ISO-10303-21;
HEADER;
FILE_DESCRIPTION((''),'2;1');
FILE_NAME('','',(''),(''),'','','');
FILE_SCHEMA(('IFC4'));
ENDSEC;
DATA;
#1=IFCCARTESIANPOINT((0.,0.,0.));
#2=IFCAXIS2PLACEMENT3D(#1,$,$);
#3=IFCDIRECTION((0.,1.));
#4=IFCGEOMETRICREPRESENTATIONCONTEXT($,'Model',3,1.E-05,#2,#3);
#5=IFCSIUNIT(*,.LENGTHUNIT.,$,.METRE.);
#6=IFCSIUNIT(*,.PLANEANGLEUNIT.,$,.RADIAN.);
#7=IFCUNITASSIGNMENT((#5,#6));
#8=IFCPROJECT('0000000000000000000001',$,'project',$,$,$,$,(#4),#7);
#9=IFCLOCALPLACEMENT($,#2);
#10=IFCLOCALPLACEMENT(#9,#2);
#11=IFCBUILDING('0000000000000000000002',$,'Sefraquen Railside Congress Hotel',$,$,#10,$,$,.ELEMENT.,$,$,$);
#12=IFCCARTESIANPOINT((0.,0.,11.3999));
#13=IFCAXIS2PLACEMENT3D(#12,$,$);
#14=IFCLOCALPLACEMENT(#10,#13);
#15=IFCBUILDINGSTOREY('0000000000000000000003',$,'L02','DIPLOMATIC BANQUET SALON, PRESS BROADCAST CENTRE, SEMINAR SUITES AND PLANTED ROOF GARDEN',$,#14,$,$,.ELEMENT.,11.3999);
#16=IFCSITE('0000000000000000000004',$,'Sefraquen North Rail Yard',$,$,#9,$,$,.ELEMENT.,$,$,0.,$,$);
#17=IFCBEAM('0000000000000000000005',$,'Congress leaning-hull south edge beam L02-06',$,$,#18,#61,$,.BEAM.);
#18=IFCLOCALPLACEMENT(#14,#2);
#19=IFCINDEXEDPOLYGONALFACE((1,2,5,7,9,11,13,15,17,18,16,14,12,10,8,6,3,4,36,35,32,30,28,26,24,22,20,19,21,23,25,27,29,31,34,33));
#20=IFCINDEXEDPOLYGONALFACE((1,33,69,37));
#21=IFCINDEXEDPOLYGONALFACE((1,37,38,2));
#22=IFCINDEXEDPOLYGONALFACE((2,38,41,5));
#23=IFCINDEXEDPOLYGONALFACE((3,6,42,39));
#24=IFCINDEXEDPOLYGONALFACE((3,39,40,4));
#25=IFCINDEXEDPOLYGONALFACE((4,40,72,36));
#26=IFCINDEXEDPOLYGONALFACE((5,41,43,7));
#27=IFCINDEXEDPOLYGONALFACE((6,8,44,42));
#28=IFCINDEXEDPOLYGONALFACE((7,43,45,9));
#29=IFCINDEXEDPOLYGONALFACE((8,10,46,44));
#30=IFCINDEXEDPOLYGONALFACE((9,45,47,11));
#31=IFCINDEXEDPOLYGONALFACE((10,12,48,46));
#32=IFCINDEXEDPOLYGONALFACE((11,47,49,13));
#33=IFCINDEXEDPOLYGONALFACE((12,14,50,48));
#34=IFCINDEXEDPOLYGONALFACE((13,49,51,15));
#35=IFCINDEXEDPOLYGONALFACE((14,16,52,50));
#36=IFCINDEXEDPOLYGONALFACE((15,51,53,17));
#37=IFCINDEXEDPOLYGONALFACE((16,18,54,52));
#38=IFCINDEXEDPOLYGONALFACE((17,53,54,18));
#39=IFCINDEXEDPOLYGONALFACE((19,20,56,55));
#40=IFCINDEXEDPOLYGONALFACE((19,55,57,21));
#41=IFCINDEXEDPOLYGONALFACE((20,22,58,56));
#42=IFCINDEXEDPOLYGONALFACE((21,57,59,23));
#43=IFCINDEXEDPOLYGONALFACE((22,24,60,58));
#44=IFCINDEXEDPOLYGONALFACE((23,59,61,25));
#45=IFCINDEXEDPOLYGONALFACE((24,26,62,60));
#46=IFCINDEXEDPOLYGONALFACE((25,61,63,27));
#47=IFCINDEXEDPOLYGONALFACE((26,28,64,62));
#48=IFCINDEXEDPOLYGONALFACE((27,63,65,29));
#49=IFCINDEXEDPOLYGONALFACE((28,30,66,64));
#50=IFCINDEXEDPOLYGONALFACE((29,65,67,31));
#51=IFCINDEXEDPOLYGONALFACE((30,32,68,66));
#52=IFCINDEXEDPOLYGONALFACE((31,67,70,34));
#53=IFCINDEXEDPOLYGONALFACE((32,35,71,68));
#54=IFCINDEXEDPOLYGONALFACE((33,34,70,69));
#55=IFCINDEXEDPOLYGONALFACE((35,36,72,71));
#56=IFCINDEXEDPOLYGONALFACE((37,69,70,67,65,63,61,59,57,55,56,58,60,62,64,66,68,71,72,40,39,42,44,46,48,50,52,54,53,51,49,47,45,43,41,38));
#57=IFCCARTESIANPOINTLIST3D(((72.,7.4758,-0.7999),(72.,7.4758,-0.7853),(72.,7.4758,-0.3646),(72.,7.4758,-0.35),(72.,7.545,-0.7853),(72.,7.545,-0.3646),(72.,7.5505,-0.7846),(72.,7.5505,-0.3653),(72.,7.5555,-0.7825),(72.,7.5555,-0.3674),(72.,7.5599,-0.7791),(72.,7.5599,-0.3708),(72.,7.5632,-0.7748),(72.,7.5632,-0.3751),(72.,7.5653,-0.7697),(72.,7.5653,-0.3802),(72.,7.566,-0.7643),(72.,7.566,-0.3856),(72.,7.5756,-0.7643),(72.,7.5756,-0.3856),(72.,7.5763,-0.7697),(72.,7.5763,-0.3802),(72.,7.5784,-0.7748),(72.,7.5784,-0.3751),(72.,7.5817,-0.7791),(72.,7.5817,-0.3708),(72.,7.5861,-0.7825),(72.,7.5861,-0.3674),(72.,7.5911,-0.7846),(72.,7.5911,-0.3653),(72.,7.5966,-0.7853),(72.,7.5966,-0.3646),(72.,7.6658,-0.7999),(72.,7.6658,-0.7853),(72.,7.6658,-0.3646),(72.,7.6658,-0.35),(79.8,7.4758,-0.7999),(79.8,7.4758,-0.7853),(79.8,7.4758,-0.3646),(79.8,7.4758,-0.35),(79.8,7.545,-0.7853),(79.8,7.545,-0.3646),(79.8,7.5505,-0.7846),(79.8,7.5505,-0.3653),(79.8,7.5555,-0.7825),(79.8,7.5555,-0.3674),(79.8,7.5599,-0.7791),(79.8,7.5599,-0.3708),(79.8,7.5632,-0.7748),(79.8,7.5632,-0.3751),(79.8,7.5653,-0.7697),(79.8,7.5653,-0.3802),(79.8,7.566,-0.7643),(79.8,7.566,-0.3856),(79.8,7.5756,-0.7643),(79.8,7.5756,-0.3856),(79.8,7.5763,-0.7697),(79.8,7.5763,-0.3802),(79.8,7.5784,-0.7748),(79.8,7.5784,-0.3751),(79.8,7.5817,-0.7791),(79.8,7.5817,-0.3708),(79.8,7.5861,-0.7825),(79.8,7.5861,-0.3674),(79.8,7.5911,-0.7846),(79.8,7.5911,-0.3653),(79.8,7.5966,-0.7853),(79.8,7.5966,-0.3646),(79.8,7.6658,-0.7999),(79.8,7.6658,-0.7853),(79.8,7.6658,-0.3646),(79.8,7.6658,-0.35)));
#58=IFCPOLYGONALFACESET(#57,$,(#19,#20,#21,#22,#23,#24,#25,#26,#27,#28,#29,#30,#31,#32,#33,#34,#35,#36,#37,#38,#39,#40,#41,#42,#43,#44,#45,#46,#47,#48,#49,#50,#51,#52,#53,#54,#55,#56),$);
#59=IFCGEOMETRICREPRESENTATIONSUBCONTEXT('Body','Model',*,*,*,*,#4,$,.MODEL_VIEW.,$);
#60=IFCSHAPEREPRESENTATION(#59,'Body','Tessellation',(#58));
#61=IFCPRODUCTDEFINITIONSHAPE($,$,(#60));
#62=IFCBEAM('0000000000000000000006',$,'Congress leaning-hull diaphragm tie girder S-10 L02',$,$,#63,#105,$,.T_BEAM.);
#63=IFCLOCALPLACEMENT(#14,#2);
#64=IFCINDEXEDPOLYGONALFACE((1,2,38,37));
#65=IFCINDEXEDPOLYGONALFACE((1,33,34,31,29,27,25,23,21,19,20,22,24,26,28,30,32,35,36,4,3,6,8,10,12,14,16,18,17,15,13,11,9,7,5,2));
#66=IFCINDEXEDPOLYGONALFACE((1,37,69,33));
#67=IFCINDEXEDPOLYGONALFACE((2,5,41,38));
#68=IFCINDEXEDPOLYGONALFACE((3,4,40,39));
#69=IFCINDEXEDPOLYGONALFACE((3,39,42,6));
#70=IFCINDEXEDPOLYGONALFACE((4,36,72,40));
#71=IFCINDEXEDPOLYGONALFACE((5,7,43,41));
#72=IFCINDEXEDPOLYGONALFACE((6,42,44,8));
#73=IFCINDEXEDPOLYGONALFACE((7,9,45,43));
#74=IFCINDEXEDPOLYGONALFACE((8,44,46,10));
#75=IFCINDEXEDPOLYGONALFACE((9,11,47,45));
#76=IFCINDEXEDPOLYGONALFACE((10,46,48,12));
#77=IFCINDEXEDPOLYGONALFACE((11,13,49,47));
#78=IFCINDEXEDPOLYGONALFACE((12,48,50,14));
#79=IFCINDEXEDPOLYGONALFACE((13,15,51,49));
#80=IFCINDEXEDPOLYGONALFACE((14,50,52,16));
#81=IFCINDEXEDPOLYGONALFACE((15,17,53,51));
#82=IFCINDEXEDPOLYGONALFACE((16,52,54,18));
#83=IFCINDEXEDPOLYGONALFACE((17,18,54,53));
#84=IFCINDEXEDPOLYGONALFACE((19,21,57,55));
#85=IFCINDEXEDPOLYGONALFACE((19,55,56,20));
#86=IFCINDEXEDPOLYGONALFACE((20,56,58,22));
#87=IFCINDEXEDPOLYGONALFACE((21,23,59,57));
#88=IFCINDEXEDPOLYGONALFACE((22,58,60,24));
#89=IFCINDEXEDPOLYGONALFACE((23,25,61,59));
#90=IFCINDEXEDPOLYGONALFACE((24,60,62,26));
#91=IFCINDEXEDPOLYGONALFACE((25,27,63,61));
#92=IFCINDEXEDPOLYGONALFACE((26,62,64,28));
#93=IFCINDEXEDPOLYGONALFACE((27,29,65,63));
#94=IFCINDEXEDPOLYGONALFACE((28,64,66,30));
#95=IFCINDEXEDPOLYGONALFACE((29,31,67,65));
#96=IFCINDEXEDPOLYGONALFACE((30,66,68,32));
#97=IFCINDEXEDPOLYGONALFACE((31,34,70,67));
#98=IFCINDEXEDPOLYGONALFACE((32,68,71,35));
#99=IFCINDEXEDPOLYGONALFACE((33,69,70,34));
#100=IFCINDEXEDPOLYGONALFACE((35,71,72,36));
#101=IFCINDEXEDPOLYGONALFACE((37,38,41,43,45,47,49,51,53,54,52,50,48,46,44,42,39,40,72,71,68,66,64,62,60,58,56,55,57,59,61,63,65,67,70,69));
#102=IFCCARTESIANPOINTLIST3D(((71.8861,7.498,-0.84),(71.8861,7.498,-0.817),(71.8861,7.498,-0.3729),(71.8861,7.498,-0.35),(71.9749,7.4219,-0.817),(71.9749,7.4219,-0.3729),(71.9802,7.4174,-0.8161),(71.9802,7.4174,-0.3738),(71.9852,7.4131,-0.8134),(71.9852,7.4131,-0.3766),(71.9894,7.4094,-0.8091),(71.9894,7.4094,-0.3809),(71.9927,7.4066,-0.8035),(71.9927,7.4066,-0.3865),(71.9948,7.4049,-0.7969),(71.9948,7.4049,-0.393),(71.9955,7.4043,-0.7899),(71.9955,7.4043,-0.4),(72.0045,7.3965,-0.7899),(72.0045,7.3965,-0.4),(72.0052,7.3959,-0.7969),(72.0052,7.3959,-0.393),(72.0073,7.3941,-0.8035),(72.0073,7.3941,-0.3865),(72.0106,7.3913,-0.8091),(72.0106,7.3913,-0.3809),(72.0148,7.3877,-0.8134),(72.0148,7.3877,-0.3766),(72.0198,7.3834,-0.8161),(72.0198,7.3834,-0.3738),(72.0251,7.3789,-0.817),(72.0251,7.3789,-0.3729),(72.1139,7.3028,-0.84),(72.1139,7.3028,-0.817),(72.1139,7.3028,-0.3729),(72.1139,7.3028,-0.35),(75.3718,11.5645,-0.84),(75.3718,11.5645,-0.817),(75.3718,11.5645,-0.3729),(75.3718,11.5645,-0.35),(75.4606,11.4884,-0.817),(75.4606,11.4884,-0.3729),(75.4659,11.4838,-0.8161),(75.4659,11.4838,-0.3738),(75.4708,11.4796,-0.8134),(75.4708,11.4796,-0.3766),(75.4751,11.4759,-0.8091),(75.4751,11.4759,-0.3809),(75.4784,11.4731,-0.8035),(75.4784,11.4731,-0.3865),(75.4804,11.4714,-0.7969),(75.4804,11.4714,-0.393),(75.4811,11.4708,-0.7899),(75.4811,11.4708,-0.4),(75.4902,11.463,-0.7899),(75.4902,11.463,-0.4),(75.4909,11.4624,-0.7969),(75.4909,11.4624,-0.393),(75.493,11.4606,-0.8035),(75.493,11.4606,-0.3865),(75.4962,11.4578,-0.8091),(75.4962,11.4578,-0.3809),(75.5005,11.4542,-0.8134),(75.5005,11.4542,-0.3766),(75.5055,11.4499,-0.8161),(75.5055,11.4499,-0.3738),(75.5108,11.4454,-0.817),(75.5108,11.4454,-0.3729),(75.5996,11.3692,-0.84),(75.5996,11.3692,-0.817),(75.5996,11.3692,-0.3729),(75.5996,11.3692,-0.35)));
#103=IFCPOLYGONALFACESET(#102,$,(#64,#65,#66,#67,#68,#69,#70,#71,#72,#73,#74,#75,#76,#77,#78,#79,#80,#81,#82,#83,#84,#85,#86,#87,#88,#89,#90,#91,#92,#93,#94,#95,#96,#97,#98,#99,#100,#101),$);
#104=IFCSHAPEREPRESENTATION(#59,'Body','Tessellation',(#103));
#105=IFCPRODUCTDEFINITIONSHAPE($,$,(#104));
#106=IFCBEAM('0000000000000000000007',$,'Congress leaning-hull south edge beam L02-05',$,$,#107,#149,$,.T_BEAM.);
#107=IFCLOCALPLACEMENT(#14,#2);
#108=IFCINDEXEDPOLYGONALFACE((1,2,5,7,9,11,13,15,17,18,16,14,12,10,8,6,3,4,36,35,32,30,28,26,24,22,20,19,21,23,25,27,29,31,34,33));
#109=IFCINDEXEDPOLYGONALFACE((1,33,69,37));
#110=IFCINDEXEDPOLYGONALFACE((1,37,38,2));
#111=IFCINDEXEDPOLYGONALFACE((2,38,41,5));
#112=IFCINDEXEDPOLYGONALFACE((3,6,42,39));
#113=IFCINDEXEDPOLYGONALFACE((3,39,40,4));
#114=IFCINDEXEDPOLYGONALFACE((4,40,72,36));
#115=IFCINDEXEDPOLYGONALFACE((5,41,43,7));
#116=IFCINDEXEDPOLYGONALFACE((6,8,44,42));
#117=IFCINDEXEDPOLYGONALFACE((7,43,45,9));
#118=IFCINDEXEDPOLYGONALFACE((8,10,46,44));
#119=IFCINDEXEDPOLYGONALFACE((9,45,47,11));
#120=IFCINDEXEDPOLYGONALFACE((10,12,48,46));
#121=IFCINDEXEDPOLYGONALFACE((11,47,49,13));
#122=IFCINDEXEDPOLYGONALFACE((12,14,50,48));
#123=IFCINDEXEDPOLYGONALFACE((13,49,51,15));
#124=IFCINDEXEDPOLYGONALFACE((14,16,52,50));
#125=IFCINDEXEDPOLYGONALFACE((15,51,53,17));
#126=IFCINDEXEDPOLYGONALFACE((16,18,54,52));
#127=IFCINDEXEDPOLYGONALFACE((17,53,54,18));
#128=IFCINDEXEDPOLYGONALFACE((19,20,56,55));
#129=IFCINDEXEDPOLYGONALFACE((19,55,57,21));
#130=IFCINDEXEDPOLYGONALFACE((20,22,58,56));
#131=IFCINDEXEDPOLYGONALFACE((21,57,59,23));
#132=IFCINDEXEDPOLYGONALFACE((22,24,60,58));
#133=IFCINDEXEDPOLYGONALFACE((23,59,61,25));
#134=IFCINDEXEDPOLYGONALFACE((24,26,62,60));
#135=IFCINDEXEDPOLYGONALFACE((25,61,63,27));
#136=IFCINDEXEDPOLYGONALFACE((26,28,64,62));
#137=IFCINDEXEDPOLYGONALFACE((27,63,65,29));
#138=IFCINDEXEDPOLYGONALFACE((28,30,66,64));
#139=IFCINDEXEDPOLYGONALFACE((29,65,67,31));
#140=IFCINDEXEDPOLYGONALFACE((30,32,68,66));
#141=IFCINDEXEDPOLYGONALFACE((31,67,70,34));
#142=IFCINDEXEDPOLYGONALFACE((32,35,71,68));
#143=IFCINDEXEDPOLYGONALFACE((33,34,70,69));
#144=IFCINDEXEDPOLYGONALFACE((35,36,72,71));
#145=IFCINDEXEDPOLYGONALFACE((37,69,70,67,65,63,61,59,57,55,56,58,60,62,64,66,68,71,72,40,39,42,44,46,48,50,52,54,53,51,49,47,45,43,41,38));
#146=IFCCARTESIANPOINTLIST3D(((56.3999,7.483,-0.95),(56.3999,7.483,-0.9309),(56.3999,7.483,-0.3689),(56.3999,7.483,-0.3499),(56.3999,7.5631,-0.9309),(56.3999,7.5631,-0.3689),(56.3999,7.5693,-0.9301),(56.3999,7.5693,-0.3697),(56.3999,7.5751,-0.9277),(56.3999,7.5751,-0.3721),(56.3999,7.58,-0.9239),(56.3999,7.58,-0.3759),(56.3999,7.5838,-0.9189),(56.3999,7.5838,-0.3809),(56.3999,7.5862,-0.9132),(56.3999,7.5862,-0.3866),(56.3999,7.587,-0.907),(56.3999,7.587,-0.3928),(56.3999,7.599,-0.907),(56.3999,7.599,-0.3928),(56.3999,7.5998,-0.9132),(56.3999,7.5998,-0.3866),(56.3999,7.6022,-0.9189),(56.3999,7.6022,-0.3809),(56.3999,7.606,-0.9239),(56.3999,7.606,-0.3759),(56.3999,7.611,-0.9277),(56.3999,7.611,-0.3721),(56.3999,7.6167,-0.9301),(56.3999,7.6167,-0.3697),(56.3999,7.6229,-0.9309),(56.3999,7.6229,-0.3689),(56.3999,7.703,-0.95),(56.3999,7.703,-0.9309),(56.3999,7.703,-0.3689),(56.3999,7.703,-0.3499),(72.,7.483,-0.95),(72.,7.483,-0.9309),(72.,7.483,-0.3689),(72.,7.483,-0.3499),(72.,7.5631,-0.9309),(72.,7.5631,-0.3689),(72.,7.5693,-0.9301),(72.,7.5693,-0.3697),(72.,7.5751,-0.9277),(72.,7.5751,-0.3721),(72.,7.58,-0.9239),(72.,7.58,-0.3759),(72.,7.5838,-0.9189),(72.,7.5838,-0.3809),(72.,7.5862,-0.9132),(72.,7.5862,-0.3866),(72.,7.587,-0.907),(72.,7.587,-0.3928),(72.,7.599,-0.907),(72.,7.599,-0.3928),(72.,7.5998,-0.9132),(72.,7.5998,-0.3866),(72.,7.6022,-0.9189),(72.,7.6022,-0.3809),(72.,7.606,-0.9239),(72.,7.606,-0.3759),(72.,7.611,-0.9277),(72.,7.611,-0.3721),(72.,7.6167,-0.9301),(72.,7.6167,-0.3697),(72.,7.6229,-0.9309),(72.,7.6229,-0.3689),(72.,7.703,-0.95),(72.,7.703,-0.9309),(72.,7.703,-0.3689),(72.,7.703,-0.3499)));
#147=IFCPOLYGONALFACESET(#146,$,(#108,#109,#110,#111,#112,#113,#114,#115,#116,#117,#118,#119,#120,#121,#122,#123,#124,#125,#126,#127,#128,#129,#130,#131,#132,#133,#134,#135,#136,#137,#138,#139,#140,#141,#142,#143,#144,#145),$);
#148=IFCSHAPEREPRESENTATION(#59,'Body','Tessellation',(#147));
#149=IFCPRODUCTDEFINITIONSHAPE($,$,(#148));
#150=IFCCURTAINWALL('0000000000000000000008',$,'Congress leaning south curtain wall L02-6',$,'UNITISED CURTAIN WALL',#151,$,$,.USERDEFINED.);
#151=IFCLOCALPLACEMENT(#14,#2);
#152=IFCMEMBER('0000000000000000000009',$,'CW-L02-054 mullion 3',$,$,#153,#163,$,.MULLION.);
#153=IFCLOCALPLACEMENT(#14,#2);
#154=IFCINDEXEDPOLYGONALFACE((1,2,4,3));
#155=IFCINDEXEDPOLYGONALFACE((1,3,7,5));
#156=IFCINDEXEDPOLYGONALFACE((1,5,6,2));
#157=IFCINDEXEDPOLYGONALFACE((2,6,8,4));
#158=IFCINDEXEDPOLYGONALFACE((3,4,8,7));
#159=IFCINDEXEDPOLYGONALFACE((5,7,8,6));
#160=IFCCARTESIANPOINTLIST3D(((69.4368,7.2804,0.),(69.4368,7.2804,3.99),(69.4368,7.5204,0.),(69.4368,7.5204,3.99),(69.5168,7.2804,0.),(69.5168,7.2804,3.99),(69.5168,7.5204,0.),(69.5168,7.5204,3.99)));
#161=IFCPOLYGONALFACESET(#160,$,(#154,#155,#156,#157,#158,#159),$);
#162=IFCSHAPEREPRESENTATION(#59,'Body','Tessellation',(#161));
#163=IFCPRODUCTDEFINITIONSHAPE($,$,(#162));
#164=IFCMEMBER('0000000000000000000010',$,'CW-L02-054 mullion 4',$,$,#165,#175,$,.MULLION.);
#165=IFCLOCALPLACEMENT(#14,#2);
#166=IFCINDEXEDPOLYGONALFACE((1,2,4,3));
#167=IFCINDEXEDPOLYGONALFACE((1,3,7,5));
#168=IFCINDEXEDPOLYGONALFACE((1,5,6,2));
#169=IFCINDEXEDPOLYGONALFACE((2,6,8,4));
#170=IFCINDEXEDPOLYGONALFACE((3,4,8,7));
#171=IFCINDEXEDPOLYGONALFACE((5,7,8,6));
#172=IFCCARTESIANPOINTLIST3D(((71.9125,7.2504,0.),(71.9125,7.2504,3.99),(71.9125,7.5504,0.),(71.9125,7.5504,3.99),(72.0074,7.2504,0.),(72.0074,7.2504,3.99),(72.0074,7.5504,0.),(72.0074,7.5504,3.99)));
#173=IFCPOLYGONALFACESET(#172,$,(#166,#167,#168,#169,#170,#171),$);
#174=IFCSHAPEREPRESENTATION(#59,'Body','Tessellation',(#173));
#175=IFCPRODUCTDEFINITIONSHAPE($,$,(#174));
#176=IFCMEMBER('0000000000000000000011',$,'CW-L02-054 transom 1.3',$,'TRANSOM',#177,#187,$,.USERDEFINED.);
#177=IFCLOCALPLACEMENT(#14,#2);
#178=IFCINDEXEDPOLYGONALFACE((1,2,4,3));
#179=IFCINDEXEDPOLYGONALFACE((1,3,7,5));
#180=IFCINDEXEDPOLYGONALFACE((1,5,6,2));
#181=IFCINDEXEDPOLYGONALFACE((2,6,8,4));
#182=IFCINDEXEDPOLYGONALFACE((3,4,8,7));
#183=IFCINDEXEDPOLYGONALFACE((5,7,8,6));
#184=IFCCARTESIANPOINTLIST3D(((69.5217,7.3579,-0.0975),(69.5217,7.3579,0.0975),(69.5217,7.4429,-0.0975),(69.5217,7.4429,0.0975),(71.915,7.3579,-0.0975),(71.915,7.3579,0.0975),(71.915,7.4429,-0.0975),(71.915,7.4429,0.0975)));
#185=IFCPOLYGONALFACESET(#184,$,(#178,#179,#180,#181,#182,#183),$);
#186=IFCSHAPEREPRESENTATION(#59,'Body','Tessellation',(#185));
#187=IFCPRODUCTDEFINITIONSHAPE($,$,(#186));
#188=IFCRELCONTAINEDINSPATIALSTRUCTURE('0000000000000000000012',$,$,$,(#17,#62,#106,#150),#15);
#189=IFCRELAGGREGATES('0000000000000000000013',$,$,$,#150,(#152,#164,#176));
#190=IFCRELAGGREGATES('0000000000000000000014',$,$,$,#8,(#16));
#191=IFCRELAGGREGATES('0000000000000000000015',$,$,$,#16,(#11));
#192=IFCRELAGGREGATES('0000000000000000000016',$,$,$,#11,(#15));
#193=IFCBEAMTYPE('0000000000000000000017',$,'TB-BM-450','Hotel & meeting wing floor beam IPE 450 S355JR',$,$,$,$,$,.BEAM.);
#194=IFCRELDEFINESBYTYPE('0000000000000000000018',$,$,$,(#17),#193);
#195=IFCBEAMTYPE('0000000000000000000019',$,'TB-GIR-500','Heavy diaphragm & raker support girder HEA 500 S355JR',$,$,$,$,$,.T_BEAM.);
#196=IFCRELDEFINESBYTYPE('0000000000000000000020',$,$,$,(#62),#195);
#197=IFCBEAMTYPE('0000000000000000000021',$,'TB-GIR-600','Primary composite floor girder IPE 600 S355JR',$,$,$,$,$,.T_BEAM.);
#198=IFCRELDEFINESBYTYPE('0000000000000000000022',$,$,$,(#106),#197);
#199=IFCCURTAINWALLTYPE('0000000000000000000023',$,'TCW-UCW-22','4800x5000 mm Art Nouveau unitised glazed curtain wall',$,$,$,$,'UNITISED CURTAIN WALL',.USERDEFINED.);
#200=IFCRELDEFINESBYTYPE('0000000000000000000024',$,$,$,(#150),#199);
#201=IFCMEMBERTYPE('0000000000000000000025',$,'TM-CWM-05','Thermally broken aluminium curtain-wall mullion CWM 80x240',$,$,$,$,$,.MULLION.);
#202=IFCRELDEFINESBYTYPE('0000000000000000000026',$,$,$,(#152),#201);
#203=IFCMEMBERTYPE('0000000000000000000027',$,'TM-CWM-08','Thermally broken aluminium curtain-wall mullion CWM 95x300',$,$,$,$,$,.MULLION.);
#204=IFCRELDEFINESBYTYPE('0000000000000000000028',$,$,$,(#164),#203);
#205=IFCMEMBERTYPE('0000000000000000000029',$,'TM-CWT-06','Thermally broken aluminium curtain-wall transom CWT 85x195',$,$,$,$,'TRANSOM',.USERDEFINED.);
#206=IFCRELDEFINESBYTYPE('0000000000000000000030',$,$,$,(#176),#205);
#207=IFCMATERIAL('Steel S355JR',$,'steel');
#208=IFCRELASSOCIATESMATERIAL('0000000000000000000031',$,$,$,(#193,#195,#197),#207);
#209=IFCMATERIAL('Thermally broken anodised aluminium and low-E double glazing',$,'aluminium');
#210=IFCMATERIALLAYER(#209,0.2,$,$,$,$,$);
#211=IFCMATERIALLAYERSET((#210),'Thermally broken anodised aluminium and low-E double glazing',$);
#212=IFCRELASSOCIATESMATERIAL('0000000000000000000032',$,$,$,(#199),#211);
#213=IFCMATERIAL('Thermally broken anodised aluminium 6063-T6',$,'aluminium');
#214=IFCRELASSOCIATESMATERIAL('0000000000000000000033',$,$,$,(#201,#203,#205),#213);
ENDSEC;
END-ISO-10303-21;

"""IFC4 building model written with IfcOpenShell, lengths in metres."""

from ifc_helpers import new_model, si_unit, direction, frame, origin, origin_2d, place, context, subcontext, project, spatial, rectangle, i_section, extrude, material, layer, layer_set, material_profile, profile_set, type_object, element, aggregate, save


model = new_model("IFC4")

# Units and contexts
model_context = context("Model", 3, precision=1e-05, world=origin(), true_north=direction((0.0, 1.0)))
body_context = subcontext(model_context, "Body", "Model", "MODEL_VIEW")
ifc_project = project(units=[si_unit("LENGTHUNIT", "METRE"), si_unit("PLANEANGLEUNIT", "RADIAN")], contexts=[model_context])

# Site, building, storey
site_placement = place(None, origin())
site = spatial("IfcSite", under=ifc_project, at=site_placement, Name="Sefraquen North Rail Yard", CompositionType="ELEMENT", RefElevation=0.0)
building_placement = place(site_placement, origin())
building = spatial("IfcBuilding", under=site, at=building_placement, Name="Sefraquen Railside Congress Hotel", CompositionType="ELEMENT")
storey_placement = place(building_placement, frame((0.0, 0.0, 11.3999)))
storey = spatial("IfcBuildingStorey", under=building, at=storey_placement, Name="L02", Description="DIPLOMATIC BANQUET SALON, PRESS BROADCAST CENTRE, SEMINAR SUITES AND PLANTED ROOF GARDEN", CompositionType="ELEMENT", Elevation=11.3999)

# Shared definitions
ifc_material_1 = material(Name="Steel S355JR", Category="steel")

# Beams
ifc_material_profile_1 = material_profile(ifc_material_1, i_section(OverallWidth=0.1899, OverallDepth=0.45, WebThickness=0.0095, FlangeThickness=0.0146, FilletRadius=0.021, at=origin_2d()), Name="IPE 450")
ifc_profile_set_1 = profile_set([ifc_material_profile_1], Name="Steel S355JR")
beam_type_1 = type_object("IfcBeamType", Name="TB-BM-450", Description="Hotel & meeting wing floor beam IPE 450 S355JR", PredefinedType="BEAM", material=ifc_profile_set_1)
beam_1_placement = place(storey_placement, frame((72.0, 7.5708, -0.575), z_axis=(1.0, 0.0, 0.0), x_axis=(0.0, 1.0, 0.0)))
element("IfcBeam", 1, at=beam_1_placement, inside=storey, type_object=beam_type_1, Name="Congress leaning-hull south edge beam L02-06", PredefinedType="BEAM", context=body_context, shape_type="SweptSolid", body=[
    extrude(i_section(OverallWidth=0.1899, OverallDepth=0.45, WebThickness=0.0095, FlangeThickness=0.0146, FilletRadius=0.021, at=origin_2d()), origin(), (0.0, 0.0, 1.0), 7.8),
])
ifc_material_profile_2 = material_profile(ifc_material_1, i_section(OverallWidth=0.3, OverallDepth=0.49, WebThickness=0.012, FlangeThickness=0.0229, FilletRadius=0.0271, at=origin_2d()), Name="HEA 500")
ifc_profile_set_2 = profile_set([ifc_material_profile_2], Name="Steel S355JR")
beam_type_2 = type_object("IfcBeamType", Name="TB-GIR-500", Description="Heavy diaphragm & raker support girder HEA 500 S355JR", PredefinedType="T_BEAM", material=ifc_profile_set_2)
beam_2_placement = place(storey_placement, frame((72.0, 7.4004, -0.595), z_axis=(0.650803, 0.759247, 0.0), x_axis=(-0.759247, 0.650803, 0.0)))
element("IfcBeam", 2, at=beam_2_placement, inside=storey, type_object=beam_type_2, Name="Congress leaning-hull diaphragm tie girder S-10 L02", PredefinedType="T_BEAM", context=body_context, shape_type="SweptSolid", body=[
    extrude(i_section(OverallWidth=0.3, OverallDepth=0.49, WebThickness=0.012, FlangeThickness=0.0229, FilletRadius=0.0271, at=origin_2d()), origin(), (0.0, 0.0, 1.0), 5.356),
])
ifc_material_profile_3 = material_profile(ifc_material_1, i_section(OverallWidth=0.22, OverallDepth=0.6001, WebThickness=0.012, FlangeThickness=0.019, FilletRadius=0.0239, at=origin_2d()), Name="IPE 600")
ifc_profile_set_3 = profile_set([ifc_material_profile_3], Name="Steel S355JR")
beam_type_3 = type_object("IfcBeamType", Name="TB-GIR-600", Description="Primary composite floor girder IPE 600 S355JR", PredefinedType="T_BEAM", material=ifc_profile_set_3)
beam_3_placement = place(storey_placement, frame((56.3999, 7.593, -0.6499), z_axis=(1.0, 0.0, 0.0), x_axis=(0.0, 1.0, 0.0)))
element("IfcBeam", 3, at=beam_3_placement, inside=storey, type_object=beam_type_3, Name="Congress leaning-hull south edge beam L02-05", PredefinedType="T_BEAM", context=body_context, shape_type="SweptSolid", body=[
    extrude(i_section(OverallWidth=0.22, OverallDepth=0.6001, WebThickness=0.012, FlangeThickness=0.019, FilletRadius=0.0239, at=origin_2d()), origin(), (0.0, 0.0, 1.0), 15.6001),
])

# Curtain wall, members
ifc_material_2 = material(Name="Thermally broken anodised aluminium and low-E double glazing", Category="aluminium")
ifc_layer_1 = layer(ifc_material_2, 0.2)
ifc_layer_set_1 = layer_set([ifc_layer_1], Name="Thermally broken anodised aluminium and low-E double glazing")
curtain_wall_type = type_object("IfcCurtainWallType", Name="TCW-UCW-22", Description="4800x5000 mm Art Nouveau unitised glazed curtain wall", ElementType="UNITISED CURTAIN WALL", PredefinedType="USERDEFINED", material=ifc_layer_set_1)
curtain_wall_placement = place(storey_placement, origin())
curtain_wall = element("IfcCurtainWall", 4, at=curtain_wall_placement, inside=storey, type_object=curtain_wall_type, Name="Congress leaning south curtain wall L02-6", ObjectType="UNITISED CURTAIN WALL", PredefinedType="USERDEFINED")
ifc_material_3 = material(Name="Thermally broken anodised aluminium 6063-T6", Category="aluminium")
ifc_material_profile_4 = material_profile(ifc_material_3, rectangle(XDim=0.0801, YDim=0.24, at=origin_2d()), Name="CWM 80x240")
ifc_profile_set_4 = profile_set([ifc_material_profile_4], Name="Thermally broken anodised aluminium 6063-T6")
member_type_1 = type_object("IfcMemberType", Name="TM-CWM-05", Description="Thermally broken aluminium curtain-wall mullion CWM 80x240", PredefinedType="MULLION", material=ifc_profile_set_4)
member_1_placement = place(storey_placement, frame((69.4768, 7.4004, 0.0), z_axis=(0.0, 0.0, 1.0), x_axis=(1.0, 0.0, 0.0)))
member_1 = element("IfcMember", 5, at=member_1_placement, type_object=member_type_1, Name="CW-L02-054 mullion 3", PredefinedType="MULLION", context=body_context, shape_type="SweptSolid", body=[
    extrude(rectangle(XDim=0.0801, YDim=0.24, at=origin_2d()), origin(), (0.0, 0.0, 1.0), 3.99),
])
ifc_material_profile_5 = material_profile(ifc_material_3, rectangle(XDim=0.095, YDim=0.3, at=origin_2d()), Name="CWM 95x300")
ifc_profile_set_5 = profile_set([ifc_material_profile_5], Name="Thermally broken anodised aluminium 6063-T6")
member_type_2 = type_object("IfcMemberType", Name="TM-CWM-08", Description="Thermally broken aluminium curtain-wall mullion CWM 95x300", PredefinedType="MULLION", material=ifc_profile_set_5)
member_2_placement = place(storey_placement, frame((71.96, 7.4004, 0.0), z_axis=(0.0, 0.0, 1.0), x_axis=(1.0, 0.0, 0.0)))
member_2 = element("IfcMember", 6, at=member_2_placement, type_object=member_type_2, Name="CW-L02-054 mullion 4", PredefinedType="MULLION", context=body_context, shape_type="SweptSolid", body=[
    extrude(rectangle(XDim=0.095, YDim=0.3, at=origin_2d()), origin(), (0.0, 0.0, 1.0), 3.99),
])
ifc_material_profile_6 = material_profile(ifc_material_3, rectangle(XDim=0.085, YDim=0.1951, at=origin_2d()), Name="CWT 85x195")
ifc_profile_set_6 = profile_set([ifc_material_profile_6], Name="Thermally broken anodised aluminium 6063-T6")
member_type_3 = type_object("IfcMemberType", Name="TM-CWT-06", Description="Thermally broken aluminium curtain-wall transom CWT 85x195", ElementType="TRANSOM", PredefinedType="USERDEFINED", material=ifc_profile_set_6)
member_3_placement = place(storey_placement, frame((69.5217, 7.4004, 0.0), z_axis=(1.0, 0.0, 0.0), x_axis=(0.0, 1.0, 0.0)))
member_3 = element("IfcMember", 7, at=member_3_placement, type_object=member_type_3, Name="CW-L02-054 transom 1.3", ObjectType="TRANSOM", PredefinedType="USERDEFINED", context=body_context, shape_type="SweptSolid", body=[
    extrude(rectangle(XDim=0.085, YDim=0.1951, at=origin_2d()), origin(), (0.0, 0.0, 1.0), 2.3933),
])
aggregate(curtain_wall, [member_1, member_2, member_3])

save(model, "model.ifc")
